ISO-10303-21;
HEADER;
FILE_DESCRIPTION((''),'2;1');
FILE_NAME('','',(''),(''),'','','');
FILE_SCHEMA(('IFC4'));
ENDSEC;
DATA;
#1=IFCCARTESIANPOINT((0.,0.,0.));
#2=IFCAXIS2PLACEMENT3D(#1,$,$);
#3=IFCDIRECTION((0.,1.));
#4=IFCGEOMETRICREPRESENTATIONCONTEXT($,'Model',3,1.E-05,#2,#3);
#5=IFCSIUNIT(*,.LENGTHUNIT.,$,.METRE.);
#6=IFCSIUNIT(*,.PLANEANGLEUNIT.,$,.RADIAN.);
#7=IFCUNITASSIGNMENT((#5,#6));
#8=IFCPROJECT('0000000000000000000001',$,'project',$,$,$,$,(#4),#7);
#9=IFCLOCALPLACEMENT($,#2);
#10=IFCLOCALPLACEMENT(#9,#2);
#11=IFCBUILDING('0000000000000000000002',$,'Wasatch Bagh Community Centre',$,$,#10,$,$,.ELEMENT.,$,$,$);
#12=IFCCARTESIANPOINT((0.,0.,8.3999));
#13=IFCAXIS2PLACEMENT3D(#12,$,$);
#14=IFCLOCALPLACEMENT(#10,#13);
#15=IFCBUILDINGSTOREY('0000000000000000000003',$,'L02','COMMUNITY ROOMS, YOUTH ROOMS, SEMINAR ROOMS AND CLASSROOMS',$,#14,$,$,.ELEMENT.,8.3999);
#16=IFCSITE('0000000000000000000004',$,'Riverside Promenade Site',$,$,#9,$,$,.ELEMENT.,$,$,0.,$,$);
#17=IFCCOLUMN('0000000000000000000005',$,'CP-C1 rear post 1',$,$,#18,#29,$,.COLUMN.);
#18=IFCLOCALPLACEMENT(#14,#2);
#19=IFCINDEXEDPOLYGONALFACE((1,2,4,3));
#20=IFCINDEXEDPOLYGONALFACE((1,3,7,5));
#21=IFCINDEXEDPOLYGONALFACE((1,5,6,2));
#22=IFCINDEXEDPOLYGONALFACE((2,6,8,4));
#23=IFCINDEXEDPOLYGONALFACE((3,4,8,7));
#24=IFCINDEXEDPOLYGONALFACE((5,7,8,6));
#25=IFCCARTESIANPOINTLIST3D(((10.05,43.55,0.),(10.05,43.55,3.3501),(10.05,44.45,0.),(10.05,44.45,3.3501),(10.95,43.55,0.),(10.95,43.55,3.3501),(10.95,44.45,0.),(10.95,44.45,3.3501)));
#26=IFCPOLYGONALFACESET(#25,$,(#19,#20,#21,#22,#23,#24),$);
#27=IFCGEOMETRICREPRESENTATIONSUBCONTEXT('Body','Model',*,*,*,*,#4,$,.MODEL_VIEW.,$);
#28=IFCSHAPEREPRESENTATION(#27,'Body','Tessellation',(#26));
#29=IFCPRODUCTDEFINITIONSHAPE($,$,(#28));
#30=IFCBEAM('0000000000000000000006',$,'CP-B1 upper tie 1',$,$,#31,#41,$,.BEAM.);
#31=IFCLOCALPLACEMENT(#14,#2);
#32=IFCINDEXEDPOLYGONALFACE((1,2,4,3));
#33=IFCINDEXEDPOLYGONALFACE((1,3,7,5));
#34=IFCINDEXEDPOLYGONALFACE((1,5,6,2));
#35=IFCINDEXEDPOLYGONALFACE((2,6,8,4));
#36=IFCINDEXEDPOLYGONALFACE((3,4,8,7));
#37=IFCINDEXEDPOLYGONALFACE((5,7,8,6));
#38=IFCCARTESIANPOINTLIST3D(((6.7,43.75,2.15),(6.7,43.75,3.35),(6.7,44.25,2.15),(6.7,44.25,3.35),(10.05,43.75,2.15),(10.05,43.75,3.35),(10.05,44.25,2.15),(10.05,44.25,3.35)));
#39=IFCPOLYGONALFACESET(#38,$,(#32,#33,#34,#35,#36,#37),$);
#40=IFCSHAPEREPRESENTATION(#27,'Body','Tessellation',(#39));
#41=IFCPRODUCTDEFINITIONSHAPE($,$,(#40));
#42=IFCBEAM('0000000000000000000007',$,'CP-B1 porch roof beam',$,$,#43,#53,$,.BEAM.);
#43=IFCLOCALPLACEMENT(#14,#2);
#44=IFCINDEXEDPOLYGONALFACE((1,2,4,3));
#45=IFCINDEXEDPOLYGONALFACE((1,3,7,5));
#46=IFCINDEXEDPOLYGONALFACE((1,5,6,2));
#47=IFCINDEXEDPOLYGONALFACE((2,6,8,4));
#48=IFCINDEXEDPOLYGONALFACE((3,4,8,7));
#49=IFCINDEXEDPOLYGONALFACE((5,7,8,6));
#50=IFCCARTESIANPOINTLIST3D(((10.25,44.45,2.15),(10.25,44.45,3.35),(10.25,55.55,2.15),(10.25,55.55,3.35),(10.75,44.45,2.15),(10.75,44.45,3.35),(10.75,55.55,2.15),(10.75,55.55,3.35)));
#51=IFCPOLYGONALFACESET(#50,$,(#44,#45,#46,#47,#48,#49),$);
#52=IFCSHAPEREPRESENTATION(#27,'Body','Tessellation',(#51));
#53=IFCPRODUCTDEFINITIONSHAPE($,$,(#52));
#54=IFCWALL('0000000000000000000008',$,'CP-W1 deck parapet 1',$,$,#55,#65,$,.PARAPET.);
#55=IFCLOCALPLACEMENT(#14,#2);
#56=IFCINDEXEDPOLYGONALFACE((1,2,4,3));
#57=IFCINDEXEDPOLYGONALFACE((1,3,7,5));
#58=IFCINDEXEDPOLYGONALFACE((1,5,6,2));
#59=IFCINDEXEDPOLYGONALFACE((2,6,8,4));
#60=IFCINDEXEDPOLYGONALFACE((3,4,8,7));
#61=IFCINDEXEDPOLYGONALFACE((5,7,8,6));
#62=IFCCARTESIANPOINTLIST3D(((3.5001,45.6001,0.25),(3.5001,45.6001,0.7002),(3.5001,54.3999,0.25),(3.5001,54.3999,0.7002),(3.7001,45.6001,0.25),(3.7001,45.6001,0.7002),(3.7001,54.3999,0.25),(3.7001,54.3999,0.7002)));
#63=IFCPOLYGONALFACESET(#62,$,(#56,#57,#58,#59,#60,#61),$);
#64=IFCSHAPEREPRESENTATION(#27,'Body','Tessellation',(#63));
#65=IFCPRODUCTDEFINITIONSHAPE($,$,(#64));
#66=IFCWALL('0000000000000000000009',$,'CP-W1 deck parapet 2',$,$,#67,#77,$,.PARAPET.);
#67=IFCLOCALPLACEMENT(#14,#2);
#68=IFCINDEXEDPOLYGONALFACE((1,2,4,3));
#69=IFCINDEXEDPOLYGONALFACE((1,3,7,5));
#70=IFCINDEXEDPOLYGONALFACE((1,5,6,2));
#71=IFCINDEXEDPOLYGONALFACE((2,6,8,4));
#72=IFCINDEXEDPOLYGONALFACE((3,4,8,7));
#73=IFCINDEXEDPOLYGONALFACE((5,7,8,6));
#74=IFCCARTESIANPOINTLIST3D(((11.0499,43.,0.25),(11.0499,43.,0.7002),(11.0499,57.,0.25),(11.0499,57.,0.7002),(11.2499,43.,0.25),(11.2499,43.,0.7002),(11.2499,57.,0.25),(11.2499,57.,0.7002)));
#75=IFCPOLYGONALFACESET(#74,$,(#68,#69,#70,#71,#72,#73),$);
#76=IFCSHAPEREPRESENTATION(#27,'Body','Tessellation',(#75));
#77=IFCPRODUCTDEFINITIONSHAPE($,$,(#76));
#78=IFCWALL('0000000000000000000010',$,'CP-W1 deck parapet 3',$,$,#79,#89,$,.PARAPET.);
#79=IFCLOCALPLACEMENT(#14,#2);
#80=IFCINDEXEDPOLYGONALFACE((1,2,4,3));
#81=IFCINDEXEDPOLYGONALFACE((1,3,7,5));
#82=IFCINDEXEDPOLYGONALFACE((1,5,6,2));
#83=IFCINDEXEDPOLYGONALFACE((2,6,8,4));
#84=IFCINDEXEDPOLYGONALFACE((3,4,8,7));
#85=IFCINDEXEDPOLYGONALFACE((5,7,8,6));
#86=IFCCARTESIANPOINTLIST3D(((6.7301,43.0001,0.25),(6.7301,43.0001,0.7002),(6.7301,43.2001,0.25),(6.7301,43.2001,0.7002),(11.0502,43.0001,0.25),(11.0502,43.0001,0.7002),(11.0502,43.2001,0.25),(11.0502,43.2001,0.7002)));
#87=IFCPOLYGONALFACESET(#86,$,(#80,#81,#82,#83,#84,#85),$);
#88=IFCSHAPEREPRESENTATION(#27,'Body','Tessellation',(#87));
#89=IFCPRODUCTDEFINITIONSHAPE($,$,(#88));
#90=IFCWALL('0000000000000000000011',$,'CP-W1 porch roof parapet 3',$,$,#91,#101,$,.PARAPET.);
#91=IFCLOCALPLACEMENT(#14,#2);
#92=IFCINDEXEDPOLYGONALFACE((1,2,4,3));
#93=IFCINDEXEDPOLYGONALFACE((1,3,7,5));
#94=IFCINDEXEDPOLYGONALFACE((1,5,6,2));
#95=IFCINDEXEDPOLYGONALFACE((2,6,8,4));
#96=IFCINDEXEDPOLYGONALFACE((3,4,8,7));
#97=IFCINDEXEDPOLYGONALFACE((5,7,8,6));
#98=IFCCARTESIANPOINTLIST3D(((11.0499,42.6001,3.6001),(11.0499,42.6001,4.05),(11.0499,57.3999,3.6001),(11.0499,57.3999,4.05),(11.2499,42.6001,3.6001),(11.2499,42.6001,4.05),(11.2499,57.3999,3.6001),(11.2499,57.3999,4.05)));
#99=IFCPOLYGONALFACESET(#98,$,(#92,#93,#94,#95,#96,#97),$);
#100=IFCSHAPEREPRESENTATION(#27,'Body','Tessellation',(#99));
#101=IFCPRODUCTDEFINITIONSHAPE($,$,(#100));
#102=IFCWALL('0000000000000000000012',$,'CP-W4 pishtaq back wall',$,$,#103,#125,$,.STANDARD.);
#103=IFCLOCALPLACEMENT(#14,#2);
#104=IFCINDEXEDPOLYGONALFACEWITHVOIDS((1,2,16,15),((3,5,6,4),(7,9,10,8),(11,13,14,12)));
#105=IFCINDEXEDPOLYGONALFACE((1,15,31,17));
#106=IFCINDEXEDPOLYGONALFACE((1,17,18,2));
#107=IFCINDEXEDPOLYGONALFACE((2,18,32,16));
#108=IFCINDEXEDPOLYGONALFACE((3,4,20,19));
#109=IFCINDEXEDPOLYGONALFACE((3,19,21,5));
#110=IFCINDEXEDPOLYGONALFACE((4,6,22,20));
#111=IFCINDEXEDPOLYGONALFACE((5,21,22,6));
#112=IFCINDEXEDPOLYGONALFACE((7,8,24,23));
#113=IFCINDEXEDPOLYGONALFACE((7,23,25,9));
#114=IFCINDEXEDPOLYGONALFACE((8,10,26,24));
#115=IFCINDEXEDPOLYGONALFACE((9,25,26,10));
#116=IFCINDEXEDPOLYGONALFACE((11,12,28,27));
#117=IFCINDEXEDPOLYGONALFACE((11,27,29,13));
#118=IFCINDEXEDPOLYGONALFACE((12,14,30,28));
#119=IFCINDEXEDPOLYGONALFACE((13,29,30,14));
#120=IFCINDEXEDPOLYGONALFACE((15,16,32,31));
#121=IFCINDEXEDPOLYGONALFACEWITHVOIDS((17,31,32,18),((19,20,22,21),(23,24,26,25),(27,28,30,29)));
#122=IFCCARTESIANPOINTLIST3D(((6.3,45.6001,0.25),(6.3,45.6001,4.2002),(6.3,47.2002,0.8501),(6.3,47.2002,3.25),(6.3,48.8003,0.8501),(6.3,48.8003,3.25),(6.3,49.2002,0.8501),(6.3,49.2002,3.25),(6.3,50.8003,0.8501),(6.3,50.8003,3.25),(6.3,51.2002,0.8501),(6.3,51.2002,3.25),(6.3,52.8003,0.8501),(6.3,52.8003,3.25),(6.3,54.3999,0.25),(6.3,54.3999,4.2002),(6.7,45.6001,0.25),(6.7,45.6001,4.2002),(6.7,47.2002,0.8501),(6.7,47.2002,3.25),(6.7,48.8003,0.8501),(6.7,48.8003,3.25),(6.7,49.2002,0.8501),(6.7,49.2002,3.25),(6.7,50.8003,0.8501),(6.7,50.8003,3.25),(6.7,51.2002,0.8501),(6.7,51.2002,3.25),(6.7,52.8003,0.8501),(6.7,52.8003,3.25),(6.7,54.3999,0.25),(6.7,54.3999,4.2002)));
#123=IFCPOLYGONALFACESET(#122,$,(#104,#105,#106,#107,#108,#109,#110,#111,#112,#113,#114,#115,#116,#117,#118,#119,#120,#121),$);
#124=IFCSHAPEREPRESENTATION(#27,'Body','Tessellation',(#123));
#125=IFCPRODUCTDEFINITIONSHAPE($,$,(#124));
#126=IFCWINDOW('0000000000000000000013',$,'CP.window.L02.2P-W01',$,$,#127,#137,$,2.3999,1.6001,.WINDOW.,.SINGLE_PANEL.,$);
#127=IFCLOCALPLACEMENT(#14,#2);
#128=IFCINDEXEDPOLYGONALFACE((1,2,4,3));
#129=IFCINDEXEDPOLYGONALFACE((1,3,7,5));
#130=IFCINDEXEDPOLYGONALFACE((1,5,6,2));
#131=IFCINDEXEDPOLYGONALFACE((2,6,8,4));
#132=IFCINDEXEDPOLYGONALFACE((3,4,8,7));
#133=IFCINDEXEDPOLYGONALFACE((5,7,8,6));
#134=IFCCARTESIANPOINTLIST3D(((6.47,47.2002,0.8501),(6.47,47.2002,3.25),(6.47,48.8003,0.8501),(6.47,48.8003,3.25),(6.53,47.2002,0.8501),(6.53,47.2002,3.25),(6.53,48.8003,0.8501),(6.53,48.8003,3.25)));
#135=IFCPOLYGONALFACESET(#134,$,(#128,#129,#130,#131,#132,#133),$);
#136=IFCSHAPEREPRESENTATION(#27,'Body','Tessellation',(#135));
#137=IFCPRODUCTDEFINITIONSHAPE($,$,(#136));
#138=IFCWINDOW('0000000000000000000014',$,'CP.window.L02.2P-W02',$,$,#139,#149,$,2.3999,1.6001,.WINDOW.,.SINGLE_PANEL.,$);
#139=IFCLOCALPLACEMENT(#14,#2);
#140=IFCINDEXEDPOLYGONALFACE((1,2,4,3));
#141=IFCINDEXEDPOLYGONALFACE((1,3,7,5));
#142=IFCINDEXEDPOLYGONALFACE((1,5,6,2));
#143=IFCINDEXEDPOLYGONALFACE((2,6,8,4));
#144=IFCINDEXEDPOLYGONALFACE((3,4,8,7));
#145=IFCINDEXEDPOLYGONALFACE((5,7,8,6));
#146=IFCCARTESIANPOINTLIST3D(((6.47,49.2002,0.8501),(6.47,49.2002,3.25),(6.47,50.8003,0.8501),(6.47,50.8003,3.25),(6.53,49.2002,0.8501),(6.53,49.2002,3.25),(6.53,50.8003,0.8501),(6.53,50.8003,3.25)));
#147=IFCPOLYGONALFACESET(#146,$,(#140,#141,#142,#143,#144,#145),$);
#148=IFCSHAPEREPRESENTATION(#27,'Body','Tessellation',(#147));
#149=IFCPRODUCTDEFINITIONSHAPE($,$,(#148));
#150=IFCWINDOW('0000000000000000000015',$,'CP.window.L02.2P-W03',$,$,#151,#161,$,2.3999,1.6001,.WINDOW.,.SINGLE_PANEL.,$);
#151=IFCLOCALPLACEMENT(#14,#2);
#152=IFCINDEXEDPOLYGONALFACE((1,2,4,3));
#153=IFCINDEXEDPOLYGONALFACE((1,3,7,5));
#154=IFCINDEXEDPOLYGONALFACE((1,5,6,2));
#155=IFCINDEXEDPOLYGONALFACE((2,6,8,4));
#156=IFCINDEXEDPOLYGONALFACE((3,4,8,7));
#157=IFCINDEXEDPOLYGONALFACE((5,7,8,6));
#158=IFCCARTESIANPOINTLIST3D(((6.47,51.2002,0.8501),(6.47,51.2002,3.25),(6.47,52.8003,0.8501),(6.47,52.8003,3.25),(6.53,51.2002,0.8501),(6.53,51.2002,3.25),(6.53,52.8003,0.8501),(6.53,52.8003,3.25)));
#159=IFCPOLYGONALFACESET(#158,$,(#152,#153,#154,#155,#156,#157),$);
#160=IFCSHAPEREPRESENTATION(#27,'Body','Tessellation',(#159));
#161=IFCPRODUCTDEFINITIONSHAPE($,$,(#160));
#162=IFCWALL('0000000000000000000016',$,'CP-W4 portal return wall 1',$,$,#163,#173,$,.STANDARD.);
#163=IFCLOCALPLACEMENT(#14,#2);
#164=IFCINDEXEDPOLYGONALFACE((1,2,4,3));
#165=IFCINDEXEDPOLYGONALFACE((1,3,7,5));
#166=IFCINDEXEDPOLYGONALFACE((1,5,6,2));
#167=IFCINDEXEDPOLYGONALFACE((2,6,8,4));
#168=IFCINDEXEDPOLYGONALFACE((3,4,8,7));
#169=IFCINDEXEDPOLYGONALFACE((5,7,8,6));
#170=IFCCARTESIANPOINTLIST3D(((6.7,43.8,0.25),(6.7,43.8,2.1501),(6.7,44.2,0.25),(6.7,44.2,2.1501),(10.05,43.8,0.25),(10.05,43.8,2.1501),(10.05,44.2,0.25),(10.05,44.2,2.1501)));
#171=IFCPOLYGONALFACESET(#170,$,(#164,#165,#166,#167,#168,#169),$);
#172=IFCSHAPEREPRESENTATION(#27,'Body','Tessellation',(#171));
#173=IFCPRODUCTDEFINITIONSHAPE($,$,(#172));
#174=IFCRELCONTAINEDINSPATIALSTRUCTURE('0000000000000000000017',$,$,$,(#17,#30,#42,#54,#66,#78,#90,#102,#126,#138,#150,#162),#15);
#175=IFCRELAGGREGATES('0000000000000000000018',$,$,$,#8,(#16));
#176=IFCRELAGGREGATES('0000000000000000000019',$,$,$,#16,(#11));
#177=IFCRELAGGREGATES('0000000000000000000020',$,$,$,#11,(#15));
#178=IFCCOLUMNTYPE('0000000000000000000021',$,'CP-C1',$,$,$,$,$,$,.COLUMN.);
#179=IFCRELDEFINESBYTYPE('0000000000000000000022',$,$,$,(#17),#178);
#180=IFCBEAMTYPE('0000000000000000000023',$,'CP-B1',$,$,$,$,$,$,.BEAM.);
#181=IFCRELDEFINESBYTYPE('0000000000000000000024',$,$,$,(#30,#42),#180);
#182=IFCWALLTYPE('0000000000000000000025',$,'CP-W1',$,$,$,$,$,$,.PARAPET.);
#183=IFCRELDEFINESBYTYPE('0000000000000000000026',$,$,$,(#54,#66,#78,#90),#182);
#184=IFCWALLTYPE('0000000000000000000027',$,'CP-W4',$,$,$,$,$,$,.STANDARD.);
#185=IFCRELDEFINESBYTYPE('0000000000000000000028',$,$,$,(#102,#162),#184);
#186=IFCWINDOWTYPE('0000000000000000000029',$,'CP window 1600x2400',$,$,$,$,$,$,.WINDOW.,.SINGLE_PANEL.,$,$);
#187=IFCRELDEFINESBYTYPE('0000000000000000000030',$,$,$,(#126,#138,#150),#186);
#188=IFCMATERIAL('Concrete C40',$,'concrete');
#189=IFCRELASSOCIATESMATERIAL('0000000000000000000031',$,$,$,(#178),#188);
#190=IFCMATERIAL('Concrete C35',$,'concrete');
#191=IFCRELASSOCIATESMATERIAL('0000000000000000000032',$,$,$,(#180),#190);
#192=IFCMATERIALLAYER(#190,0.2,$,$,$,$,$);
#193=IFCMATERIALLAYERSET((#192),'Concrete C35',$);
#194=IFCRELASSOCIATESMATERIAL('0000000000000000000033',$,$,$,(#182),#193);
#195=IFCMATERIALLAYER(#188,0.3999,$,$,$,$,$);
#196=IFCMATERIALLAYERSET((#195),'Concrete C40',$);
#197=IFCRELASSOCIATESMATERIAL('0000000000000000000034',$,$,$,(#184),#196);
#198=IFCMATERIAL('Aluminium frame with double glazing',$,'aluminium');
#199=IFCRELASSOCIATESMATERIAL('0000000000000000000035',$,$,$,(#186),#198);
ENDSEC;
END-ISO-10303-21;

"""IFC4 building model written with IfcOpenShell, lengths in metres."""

from ifc_helpers import new_model, si_unit, direction, frame, frame_2d, origin, origin_2d, place, context, subcontext, project, spatial, rectangle, extrude, material, layer, layer_set, material_profile, profile_set, type_object, element, fill, save


model = new_model("IFC4")

# Units and contexts
model_context = context("Model", 3, precision=1e-05, world=origin(), true_north=direction((0.0, 1.0)))
body_context = subcontext(model_context, "Body", "Model", "MODEL_VIEW")
ifc_project = project(units=[si_unit("LENGTHUNIT", "METRE"), si_unit("PLANEANGLEUNIT", "RADIAN")], contexts=[model_context])

# Site, building, storey
site_placement = place(None, origin())
site = spatial("IfcSite", under=ifc_project, at=site_placement, Name="Riverside Promenade Site", CompositionType="ELEMENT", RefElevation=0.0)
building_placement = place(site_placement, origin())
building = spatial("IfcBuilding", under=site, at=building_placement, Name="Wasatch Bagh Community Centre", CompositionType="ELEMENT")
storey_placement = place(building_placement, frame((0.0, 0.0, 8.3999)))
storey = spatial("IfcBuildingStorey", under=building, at=storey_placement, Name="L02", Description="COMMUNITY ROOMS, YOUTH ROOMS, SEMINAR ROOMS AND CLASSROOMS", CompositionType="ELEMENT", Elevation=8.3999)

# Column
ifc_material_1 = material(Name="Concrete C40", Category="concrete")
ifc_material_profile_1 = material_profile(ifc_material_1, rectangle(XDim=0.8999, YDim=0.8999, at=origin_2d()), Name="RC 900x900")
ifc_profile_set_1 = profile_set([ifc_material_profile_1], Name="Concrete C40")
column_type = type_object("IfcColumnType", Name="CP-C1", PredefinedType="COLUMN", material=ifc_profile_set_1)
column_placement = place(storey_placement, frame((10.5, 44.0, 0.0), z_axis=(0.0, 0.0, 1.0), x_axis=(1.0, 0.0, 0.0)))
element("IfcColumn", 1, at=column_placement, inside=storey, type_object=column_type, Name="CP-C1 rear post 1", PredefinedType="COLUMN", context=body_context, shape_type="SweptSolid", body=[
    extrude(rectangle(XDim=0.8999, YDim=0.8999, at=origin_2d()), origin(), (0.0, 0.0, 1.0), 3.3501),
])

# Beams
ifc_material_2 = material(Name="Concrete C35", Category="concrete")
ifc_material_profile_2 = material_profile(ifc_material_2, rectangle(XDim=0.5, YDim=1.2, at=origin_2d()), Name="RC 500x1200")
ifc_profile_set_2 = profile_set([ifc_material_profile_2], Name="Concrete C35")
beam_type = type_object("IfcBeamType", Name="CP-B1", PredefinedType="BEAM", material=ifc_profile_set_2)
beam_1_placement = place(storey_placement, frame((6.7, 44.0, 2.75), z_axis=(1.0, 0.0, 0.0), x_axis=(0.0, 1.0, 0.0)))
element("IfcBeam", 2, at=beam_1_placement, inside=storey, type_object=beam_type, Name="CP-B1 upper tie 1", PredefinedType="BEAM", context=body_context, shape_type="SweptSolid", body=[
    extrude(rectangle(XDim=0.5, YDim=1.2, at=origin_2d()), origin(), (0.0, 0.0, 1.0), 3.3501),
])
beam_2_placement = place(storey_placement, frame((10.5, 44.45, 2.75), z_axis=(0.0, 1.0, 0.0), x_axis=(-1.0, 0.0, 0.0)))
element("IfcBeam", 3, at=beam_2_placement, inside=storey, type_object=beam_type, Name="CP-B1 porch roof beam", PredefinedType="BEAM", context=body_context, shape_type="SweptSolid", body=[
    extrude(rectangle(XDim=0.5, YDim=1.2, at=origin_2d()), origin(), (0.0, 0.0, 1.0), 11.1001),
])

# Walls
ifc_layer_1 = layer(ifc_material_2, 0.2)
ifc_layer_set_1 = layer_set([ifc_layer_1], Name="Concrete C35")
wall_type_1 = type_object("IfcWallType", Name="CP-W1", PredefinedType="PARAPET", material=ifc_layer_set_1)
wall_1_placement = place(storey_placement, frame((3.6001, 45.6001, 0.25), z_axis=(0.0, 0.0, 1.0), x_axis=(0.0, 1.0, 0.0)))
element("IfcWall", 4, at=wall_1_placement, inside=storey, type_object=wall_type_1, Name="CP-W1 deck parapet 1", PredefinedType="PARAPET", context=body_context, shape_type="SweptSolid", body=[
    extrude(rectangle(XDim=8.7998, YDim=0.2, at=frame_2d((4.3999, 0.0))), origin(), (0.0, 0.0, 1.0), 0.4502),
])
wall_2_placement = place(storey_placement, frame((11.1499, 43.0, 0.25), z_axis=(0.0, 0.0, 1.0), x_axis=(0.0, 1.0, 0.0)))
element("IfcWall", 5, at=wall_2_placement, inside=storey, type_object=wall_type_1, Name="CP-W1 deck parapet 2", PredefinedType="PARAPET", context=body_context, shape_type="SweptSolid", body=[
    extrude(rectangle(XDim=14.0, YDim=0.2, at=frame_2d((7.0, 0.0))), origin(), (0.0, 0.0, 1.0), 0.4502),
])
wall_3_placement = place(storey_placement, frame((6.73, 43.1001, 0.25), z_axis=(0.0, 0.0, 1.0), x_axis=(1.0, 0.0, 0.0)))
element("IfcWall", 6, at=wall_3_placement, inside=storey, type_object=wall_type_1, Name="CP-W1 deck parapet 3", PredefinedType="PARAPET", context=body_context, shape_type="SweptSolid", body=[
    extrude(rectangle(XDim=4.3201, YDim=0.2, at=frame_2d((2.1602, 0.0))), origin(), (0.0, 0.0, 1.0), 0.4502),
])
wall_4_placement = place(storey_placement, frame((11.1499, 42.6001, 3.6001), z_axis=(0.0, 0.0, 1.0), x_axis=(0.0, 1.0, 0.0)))
element("IfcWall", 7, at=wall_4_placement, inside=storey, type_object=wall_type_1, Name="CP-W1 porch roof parapet 3", PredefinedType="PARAPET", context=body_context, shape_type="SweptSolid", body=[
    extrude(rectangle(XDim=14.7998, YDim=0.2, at=frame_2d((7.3999, 0.0))), origin(), (0.0, 0.0, 1.0), 0.45),
])

# Wall, openings, windows
ifc_layer_2 = layer(ifc_material_1, 0.3999)
ifc_layer_set_2 = layer_set([ifc_layer_2], Name="Concrete C40")
wall_type_2 = type_object("IfcWallType", Name="CP-W4", PredefinedType="STANDARD", material=ifc_layer_set_2)
wall_5_placement = place(storey_placement, frame((6.5, 45.6001, 0.25), z_axis=(0.0, 0.0, 1.0), x_axis=(0.0, 1.0, 0.0)))
wall_5 = element("IfcWall", 8, at=wall_5_placement, inside=storey, type_object=wall_type_2, Name="CP-W4 pishtaq back wall", PredefinedType="STANDARD", context=body_context, shape_type="SweptSolid", body=[
    extrude(rectangle(XDim=8.7998, YDim=0.3999, at=frame_2d((4.3999, 0.0))), origin(), (0.0, 0.0, 1.0), 3.9502),
])
opening_1_placement = place(wall_5_placement, frame((1.6001, 0.0, 0.6001)))
opening_1 = element("IfcOpeningElement", 9, at=opening_1_placement, cuts=wall_5, PredefinedType="OPENING", context=body_context, shape_type="SweptSolid", body=[
    extrude(rectangle(XDim=1.6001, YDim=2.3999, at=frame_2d((0.8, 1.2))), frame((0.0, 0.21, 0.0), z_axis=(0.0, -1.0, 0.0), x_axis=(1.0, 0.0, 0.0)), (0.0, 0.0, 1.0), 0.4199),
])
opening_2_placement = place(wall_5_placement, frame((3.6001, 0.0, 0.6001)))
opening_2 = element("IfcOpeningElement", 10, at=opening_2_placement, cuts=wall_5, PredefinedType="OPENING", context=body_context, shape_type="SweptSolid", body=[
    extrude(rectangle(XDim=1.6001, YDim=2.3999, at=frame_2d((0.8, 1.2))), frame((0.0, 0.21, 0.0), z_axis=(0.0, -1.0, 0.0), x_axis=(1.0, 0.0, 0.0)), (0.0, 0.0, 1.0), 0.4199),
])
opening_3_placement = place(wall_5_placement, frame((5.6001, 0.0, 0.6001)))
opening_3 = element("IfcOpeningElement", 11, at=opening_3_placement, cuts=wall_5, PredefinedType="OPENING", context=body_context, shape_type="SweptSolid", body=[
    extrude(rectangle(XDim=1.6001, YDim=2.3999, at=frame_2d((0.8, 1.2))), frame((0.0, 0.21, 0.0), z_axis=(0.0, -1.0, 0.0), x_axis=(1.0, 0.0, 0.0)), (0.0, 0.0, 1.0), 0.4199),
])
ifc_material_3 = material(Name="Aluminium frame with double glazing", Category="aluminium")
window_type = type_object("IfcWindowType", Name="CP window 1600x2400", PartitioningType="SINGLE_PANEL", PredefinedType="WINDOW", material=ifc_material_3)
window_1_placement = place(opening_1_placement, origin())
window_1 = element("IfcWindow", 12, at=window_1_placement, inside=storey, type_object=window_type, Name="CP.window.L02.2P-W01", OverallHeight=2.3999, OverallWidth=1.6001, PartitioningType="SINGLE_PANEL", PredefinedType="WINDOW", context=body_context, shape_type="SweptSolid", body=[
    extrude(rectangle(XDim=1.6001, YDim=2.3999, at=frame_2d((0.8, 1.2))), frame((0.0, 0.03, 0.0), z_axis=(0.0, -1.0, 0.0), x_axis=(1.0, 0.0, 0.0)), (0.0, 0.0, 1.0), 0.0601),
])
fill(opening_1, window_1)
window_2_placement = place(opening_2_placement, origin())
window_2 = element("IfcWindow", 13, at=window_2_placement, inside=storey, type_object=window_type, Name="CP.window.L02.2P-W02", OverallHeight=2.3999, OverallWidth=1.6001, PartitioningType="SINGLE_PANEL", PredefinedType="WINDOW", context=body_context, shape_type="SweptSolid", body=[
    extrude(rectangle(XDim=1.6001, YDim=2.3999, at=frame_2d((0.8, 1.2))), frame((0.0, 0.03, 0.0), z_axis=(0.0, -1.0, 0.0), x_axis=(1.0, 0.0, 0.0)), (0.0, 0.0, 1.0), 0.0601),
])
fill(opening_2, window_2)
window_3_placement = place(opening_3_placement, origin())
window_3 = element("IfcWindow", 14, at=window_3_placement, inside=storey, type_object=window_type, Name="CP.window.L02.2P-W03", OverallHeight=2.3999, OverallWidth=1.6001, PartitioningType="SINGLE_PANEL", PredefinedType="WINDOW", context=body_context, shape_type="SweptSolid", body=[
    extrude(rectangle(XDim=1.6001, YDim=2.3999, at=frame_2d((0.8, 1.2))), frame((0.0, 0.03, 0.0), z_axis=(0.0, -1.0, 0.0), x_axis=(1.0, 0.0, 0.0)), (0.0, 0.0, 1.0), 0.0601),
])
fill(opening_3, window_3)

# Wall
wall_6_placement = place(storey_placement, frame((6.7, 44.0, 0.25), z_axis=(0.0, 0.0, 1.0), x_axis=(1.0, 0.0, 0.0)))
element("IfcWall", 15, at=wall_6_placement, inside=storey, type_object=wall_type_2, Name="CP-W4 portal return wall 1", PredefinedType="STANDARD", context=body_context, shape_type="SweptSolid", body=[
    extrude(rectangle(XDim=3.3501, YDim=0.3999, at=frame_2d((1.675, 0.0))), origin(), (0.0, 0.0, 1.0), 1.9001),
])

save(model, "model.ifc")
